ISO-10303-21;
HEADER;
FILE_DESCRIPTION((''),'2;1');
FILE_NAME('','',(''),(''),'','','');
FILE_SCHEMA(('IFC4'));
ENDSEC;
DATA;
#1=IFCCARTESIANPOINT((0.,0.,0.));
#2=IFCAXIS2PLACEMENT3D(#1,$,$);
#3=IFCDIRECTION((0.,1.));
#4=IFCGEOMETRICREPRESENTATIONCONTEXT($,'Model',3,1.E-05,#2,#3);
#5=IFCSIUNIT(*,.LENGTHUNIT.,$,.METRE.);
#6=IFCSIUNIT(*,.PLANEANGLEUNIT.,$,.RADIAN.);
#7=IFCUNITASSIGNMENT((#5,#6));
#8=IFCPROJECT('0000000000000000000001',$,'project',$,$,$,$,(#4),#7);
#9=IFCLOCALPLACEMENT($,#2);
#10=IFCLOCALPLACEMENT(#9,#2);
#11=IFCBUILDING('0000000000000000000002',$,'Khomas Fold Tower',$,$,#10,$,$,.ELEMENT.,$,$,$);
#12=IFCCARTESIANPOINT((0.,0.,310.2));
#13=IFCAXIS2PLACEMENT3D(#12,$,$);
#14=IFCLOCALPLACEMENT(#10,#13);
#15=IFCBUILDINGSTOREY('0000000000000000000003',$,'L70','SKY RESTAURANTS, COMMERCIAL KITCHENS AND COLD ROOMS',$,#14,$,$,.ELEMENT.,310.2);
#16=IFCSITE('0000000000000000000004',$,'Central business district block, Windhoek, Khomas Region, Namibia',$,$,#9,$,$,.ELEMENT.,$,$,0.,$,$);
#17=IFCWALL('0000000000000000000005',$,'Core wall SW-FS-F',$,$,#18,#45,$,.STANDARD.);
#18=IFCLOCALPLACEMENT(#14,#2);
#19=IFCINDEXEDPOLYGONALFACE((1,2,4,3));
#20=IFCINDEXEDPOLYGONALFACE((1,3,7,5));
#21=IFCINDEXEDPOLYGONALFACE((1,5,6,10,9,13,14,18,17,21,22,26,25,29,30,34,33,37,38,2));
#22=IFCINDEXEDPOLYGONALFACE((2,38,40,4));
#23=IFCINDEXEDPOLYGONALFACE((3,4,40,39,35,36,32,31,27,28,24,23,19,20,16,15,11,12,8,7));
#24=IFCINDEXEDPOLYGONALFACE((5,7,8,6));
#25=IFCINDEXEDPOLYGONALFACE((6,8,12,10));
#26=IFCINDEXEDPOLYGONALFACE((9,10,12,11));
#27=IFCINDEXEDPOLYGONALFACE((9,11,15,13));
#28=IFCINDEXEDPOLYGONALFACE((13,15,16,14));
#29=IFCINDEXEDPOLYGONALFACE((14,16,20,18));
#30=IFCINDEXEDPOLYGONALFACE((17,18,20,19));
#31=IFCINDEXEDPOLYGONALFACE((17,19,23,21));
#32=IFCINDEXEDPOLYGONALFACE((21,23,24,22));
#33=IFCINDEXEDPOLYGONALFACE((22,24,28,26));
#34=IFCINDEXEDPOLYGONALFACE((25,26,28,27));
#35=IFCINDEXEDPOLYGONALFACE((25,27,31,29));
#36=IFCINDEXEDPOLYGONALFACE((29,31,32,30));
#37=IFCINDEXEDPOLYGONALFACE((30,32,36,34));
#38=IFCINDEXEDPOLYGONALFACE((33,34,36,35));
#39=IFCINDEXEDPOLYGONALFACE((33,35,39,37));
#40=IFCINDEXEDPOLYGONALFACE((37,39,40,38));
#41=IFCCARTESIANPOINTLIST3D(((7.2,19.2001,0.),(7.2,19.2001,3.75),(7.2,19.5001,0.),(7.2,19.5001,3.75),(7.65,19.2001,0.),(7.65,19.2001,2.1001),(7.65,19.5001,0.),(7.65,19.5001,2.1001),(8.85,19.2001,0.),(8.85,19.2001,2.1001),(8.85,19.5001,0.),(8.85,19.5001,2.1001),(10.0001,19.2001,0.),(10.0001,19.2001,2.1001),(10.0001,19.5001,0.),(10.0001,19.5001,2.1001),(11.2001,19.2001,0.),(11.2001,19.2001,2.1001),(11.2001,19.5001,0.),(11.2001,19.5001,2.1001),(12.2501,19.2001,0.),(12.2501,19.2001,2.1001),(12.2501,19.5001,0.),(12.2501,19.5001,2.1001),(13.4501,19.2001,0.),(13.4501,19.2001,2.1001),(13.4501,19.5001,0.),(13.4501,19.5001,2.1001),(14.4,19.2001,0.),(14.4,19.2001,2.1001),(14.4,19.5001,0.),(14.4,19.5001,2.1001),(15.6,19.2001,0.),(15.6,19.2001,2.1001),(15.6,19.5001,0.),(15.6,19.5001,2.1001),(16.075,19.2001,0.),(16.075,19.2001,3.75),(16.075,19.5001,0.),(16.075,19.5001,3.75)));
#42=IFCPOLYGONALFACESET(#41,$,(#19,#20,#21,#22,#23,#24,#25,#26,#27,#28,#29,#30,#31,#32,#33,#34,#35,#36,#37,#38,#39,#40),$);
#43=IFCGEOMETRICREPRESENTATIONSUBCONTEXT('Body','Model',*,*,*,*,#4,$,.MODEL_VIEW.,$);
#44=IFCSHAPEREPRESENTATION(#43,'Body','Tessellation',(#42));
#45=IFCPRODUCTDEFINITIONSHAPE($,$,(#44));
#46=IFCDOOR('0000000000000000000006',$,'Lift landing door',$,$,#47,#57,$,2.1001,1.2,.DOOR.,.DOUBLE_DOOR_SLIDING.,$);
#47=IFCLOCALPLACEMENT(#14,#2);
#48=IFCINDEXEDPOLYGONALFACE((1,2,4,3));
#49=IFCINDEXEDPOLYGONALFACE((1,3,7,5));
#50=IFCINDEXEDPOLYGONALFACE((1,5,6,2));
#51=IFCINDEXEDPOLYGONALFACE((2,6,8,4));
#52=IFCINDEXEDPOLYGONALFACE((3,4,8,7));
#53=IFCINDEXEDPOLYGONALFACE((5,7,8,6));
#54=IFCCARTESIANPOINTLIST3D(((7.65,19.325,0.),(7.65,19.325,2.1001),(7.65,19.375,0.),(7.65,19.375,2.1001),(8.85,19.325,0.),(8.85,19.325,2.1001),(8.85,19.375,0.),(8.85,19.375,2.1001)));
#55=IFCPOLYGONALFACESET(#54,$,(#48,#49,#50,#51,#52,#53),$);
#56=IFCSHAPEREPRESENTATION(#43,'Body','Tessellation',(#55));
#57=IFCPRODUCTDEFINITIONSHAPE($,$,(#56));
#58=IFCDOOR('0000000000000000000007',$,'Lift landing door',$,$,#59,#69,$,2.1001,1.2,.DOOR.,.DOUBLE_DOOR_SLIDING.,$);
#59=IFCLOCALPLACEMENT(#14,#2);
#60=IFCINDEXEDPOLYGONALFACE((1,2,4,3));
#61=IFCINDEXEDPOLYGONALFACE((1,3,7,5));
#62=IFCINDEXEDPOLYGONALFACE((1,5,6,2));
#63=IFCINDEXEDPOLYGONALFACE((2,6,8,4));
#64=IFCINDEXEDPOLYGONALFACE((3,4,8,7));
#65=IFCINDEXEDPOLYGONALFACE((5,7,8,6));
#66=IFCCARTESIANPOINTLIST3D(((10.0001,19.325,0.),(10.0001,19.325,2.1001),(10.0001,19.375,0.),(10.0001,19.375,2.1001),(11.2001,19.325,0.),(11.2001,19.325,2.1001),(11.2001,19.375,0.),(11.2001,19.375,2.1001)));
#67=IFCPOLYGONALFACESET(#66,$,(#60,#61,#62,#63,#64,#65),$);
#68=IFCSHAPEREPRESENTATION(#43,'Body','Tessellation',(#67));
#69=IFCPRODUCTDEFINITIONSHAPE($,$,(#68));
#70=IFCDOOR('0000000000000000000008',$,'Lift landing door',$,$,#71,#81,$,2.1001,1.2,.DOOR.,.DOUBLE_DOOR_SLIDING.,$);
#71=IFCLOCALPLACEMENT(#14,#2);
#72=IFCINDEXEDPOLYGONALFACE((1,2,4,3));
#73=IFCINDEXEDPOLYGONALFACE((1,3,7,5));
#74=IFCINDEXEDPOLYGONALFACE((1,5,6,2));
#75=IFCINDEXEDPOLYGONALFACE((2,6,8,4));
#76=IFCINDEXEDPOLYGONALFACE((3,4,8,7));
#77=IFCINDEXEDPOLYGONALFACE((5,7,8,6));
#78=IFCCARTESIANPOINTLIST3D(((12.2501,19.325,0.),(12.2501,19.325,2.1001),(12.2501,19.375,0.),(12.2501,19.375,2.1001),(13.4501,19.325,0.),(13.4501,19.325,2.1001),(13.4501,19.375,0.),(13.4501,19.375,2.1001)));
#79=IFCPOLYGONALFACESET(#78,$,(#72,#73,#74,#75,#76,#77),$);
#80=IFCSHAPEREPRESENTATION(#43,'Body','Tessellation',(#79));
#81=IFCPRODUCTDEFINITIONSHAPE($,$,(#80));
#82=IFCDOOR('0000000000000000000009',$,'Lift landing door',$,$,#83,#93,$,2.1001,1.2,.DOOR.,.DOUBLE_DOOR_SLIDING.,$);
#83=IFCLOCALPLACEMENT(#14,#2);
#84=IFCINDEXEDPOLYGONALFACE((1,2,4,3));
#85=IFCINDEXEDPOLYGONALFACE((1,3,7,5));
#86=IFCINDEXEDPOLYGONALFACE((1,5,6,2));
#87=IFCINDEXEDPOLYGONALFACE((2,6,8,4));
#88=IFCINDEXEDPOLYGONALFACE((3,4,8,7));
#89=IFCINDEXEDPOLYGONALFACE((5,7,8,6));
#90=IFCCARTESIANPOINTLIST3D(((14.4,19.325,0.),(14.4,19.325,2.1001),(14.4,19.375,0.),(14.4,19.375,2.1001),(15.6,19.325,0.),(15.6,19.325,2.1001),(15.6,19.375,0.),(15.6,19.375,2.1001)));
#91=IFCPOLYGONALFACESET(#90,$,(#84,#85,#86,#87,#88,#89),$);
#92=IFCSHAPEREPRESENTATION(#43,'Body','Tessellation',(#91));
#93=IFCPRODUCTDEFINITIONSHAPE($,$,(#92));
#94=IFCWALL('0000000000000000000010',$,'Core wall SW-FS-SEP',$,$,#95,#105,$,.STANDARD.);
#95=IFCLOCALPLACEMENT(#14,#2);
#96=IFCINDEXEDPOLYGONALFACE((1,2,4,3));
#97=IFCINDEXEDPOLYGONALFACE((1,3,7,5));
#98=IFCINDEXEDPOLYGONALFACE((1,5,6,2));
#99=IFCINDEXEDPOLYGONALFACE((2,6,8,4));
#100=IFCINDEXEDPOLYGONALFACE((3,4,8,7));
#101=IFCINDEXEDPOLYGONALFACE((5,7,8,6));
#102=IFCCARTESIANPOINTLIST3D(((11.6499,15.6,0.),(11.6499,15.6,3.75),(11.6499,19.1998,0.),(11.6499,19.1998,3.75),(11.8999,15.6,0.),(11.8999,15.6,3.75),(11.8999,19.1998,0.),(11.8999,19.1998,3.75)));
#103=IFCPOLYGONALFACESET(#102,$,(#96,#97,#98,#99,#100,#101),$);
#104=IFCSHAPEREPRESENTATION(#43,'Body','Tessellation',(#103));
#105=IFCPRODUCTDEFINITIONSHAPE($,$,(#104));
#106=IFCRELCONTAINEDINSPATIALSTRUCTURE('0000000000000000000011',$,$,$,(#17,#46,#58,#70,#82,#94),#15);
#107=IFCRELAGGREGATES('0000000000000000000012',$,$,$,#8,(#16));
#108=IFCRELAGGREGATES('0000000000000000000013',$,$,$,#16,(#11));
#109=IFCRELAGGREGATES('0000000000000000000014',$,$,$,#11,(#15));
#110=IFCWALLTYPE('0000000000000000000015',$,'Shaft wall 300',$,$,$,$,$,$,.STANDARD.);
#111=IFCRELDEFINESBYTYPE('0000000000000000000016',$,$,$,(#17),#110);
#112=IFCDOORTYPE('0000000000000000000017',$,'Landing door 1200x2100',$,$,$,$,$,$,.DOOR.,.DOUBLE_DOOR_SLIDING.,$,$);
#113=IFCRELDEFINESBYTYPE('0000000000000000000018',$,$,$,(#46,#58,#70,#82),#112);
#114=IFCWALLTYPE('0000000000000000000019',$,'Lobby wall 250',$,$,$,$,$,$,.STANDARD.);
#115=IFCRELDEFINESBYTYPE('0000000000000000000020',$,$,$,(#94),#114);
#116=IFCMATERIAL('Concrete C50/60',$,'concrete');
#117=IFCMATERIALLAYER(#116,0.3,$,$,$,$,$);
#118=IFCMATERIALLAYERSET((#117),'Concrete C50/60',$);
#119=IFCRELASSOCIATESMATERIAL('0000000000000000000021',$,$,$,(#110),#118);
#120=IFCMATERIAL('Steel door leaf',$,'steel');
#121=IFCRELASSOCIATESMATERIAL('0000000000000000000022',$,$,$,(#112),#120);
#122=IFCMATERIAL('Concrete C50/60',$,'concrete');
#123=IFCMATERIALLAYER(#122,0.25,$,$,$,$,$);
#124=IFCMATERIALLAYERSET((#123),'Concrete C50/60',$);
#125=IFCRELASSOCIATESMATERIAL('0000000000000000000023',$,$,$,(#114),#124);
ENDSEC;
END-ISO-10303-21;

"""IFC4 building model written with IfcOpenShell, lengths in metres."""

from ifc_helpers import new_model, si_unit, direction, frame, frame_2d, origin, place, context, subcontext, project, spatial, rectangle, extrude, source, transform, mapped, material, layer, layer_set, type_object, element, fill, save


model = new_model("IFC4")

# Units and contexts
model_context = context("Model", 3, precision=1e-05, world=origin(), true_north=direction((0.0, 1.0)))
body_context = subcontext(model_context, "Body", "Model", "MODEL_VIEW")
ifc_project = project(units=[si_unit("LENGTHUNIT", "METRE"), si_unit("PLANEANGLEUNIT", "RADIAN")], contexts=[model_context])

# Site, building, storey
site_placement = place(None, origin())
site = spatial("IfcSite", under=ifc_project, at=site_placement, Name="Central business district block, Windhoek, Khomas Region, Namibia", CompositionType="ELEMENT", RefElevation=0.0)
building_placement = place(site_placement, origin())
building = spatial("IfcBuilding", under=site, at=building_placement, Name="Khomas Fold Tower", CompositionType="ELEMENT")
storey_placement = place(building_placement, frame((0.0, 0.0, 310.2)))
storey = spatial("IfcBuildingStorey", under=building, at=storey_placement, Name="L70", Description="SKY RESTAURANTS, COMMERCIAL KITCHENS AND COLD ROOMS", CompositionType="ELEMENT", Elevation=310.2)

# Wall, openings, doors
ifc_material_1 = material(Name="Concrete C50/60", Category="concrete")
ifc_layer_1 = layer(ifc_material_1, 0.3)
ifc_layer_set_1 = layer_set([ifc_layer_1], Name="Concrete C50/60")
wall_type_1 = type_object("IfcWallType", Name="Shaft wall 300", PredefinedType="STANDARD", material=ifc_layer_set_1)
shared_shape_1 = source(origin(), body_context, "Body", "SweptSolid", [
    extrude(rectangle(XDim=8.875, YDim=0.3, at=frame_2d((4.4375, 0.0))), origin(), (0.0, 0.0, 1.0), 3.75),
])
wall_1_placement = place(storey_placement, frame((7.2, 19.3501, 0.0), z_axis=(0.0, 0.0, 1.0), x_axis=(1.0, 0.0, 0.0)))
wall_1 = element("IfcWall", 1, at=wall_1_placement, inside=storey, type_object=wall_type_1, Name="Core wall SW-FS-F", PredefinedType="STANDARD", context=body_context, shape_type="MappedRepresentation", body=[
    mapped(shared_shape_1, transform((0.0, 0.0, 0.0))),
])
shared_shape_2 = source(origin(), body_context, "Body", "SweptSolid", [
    extrude(rectangle(XDim=1.2, YDim=2.1001, at=frame_2d((0.6001, 1.05))), frame((0.0, 0.1599, 0.0), z_axis=(0.0, -1.0, 0.0), x_axis=(1.0, 0.0, 0.0)), (0.0, 0.0, 1.0), 0.3201),
])
opening_1_placement = place(wall_1_placement, frame((0.45, 0.0, 0.0)))
opening_1 = element("IfcOpeningElement", 2, at=opening_1_placement, cuts=wall_1, PredefinedType="OPENING", context=body_context, shape_type="MappedRepresentation", body=[
    mapped(shared_shape_2, transform((0.0, 0.0, 0.0))),
])
opening_2_placement = place(wall_1_placement, frame((2.8, 0.0, 0.0)))
opening_2 = element("IfcOpeningElement", 3, at=opening_2_placement, cuts=wall_1, PredefinedType="OPENING", context=body_context, shape_type="MappedRepresentation", body=[
    mapped(shared_shape_2, transform((0.0, 0.0, 0.0))),
])
opening_3_placement = place(wall_1_placement, frame((5.05, 0.0, 0.0)))
opening_3 = element("IfcOpeningElement", 4, at=opening_3_placement, cuts=wall_1, PredefinedType="OPENING", context=body_context, shape_type="MappedRepresentation", body=[
    mapped(shared_shape_2, transform((0.0, 0.0, 0.0))),
])
opening_4_placement = place(wall_1_placement, frame((7.2, 0.0, 0.0)))
opening_4 = element("IfcOpeningElement", 5, at=opening_4_placement, cuts=wall_1, PredefinedType="OPENING", context=body_context, shape_type="MappedRepresentation", body=[
    mapped(shared_shape_2, transform((0.0, 0.0, 0.0))),
])
ifc_material_2 = material(Name="Steel door leaf", Category="steel")
door_type_1 = type_object("IfcDoorType", Name="Landing door 1200x2100", OperationType="DOUBLE_DOOR_SLIDING", PredefinedType="DOOR", material=ifc_material_2)
shared_shape_3 = source(origin(), body_context, "Body", "SweptSolid", [
    extrude(rectangle(XDim=1.2, YDim=2.1001, at=frame_2d((0.6001, 1.05))), frame((0.0, 0.0249, 0.0), z_axis=(0.0, -1.0, 0.0), x_axis=(1.0, 0.0, 0.0)), (0.0, 0.0, 1.0), 0.05),
])
door_1_placement = place(opening_1_placement, origin())
door_1 = element("IfcDoor", 6, at=door_1_placement, inside=storey, type_object=door_type_1, Name="Lift landing door", OperationType="DOUBLE_DOOR_SLIDING", OverallHeight=2.1001, OverallWidth=1.2, PredefinedType="DOOR", context=body_context, shape_type="MappedRepresentation", body=[
    mapped(shared_shape_3, transform((0.0, 0.0, 0.0))),
])
fill(opening_1, door_1)
door_2_placement = place(opening_2_placement, origin())
door_2 = element("IfcDoor", 7, at=door_2_placement, inside=storey, type_object=door_type_1, Name="Lift landing door", OperationType="DOUBLE_DOOR_SLIDING", OverallHeight=2.1001, OverallWidth=1.2, PredefinedType="DOOR", context=body_context, shape_type="MappedRepresentation", body=[
    mapped(shared_shape_3, transform((0.0, 0.0, 0.0))),
])
fill(opening_2, door_2)
door_3_placement = place(opening_3_placement, origin())
door_3 = element("IfcDoor", 8, at=door_3_placement, inside=storey, type_object=door_type_1, Name="Lift landing door", OperationType="DOUBLE_DOOR_SLIDING", OverallHeight=2.1001, OverallWidth=1.2, PredefinedType="DOOR", context=body_context, shape_type="MappedRepresentation", body=[
    mapped(shared_shape_3, transform((0.0, 0.0, 0.0))),
])
fill(opening_3, door_3)
door_4_placement = place(opening_4_placement, origin())
door_4 = element("IfcDoor", 9, at=door_4_placement, inside=storey, type_object=door_type_1, Name="Lift landing door", OperationType="DOUBLE_DOOR_SLIDING", OverallHeight=2.1001, OverallWidth=1.2, PredefinedType="DOOR", context=body_context, shape_type="MappedRepresentation", body=[
    mapped(shared_shape_3, transform((0.0, 0.0, 0.0))),
])
fill(opening_4, door_4)

# Wall
ifc_material_3 = material(Name="Concrete C50/60", Category="concrete")
ifc_layer_2 = layer(ifc_material_3, 0.25)
ifc_layer_set_2 = layer_set([ifc_layer_2], Name="Concrete C50/60")
wall_type_2 = type_object("IfcWallType", Name="Lobby wall 250", PredefinedType="STANDARD", material=ifc_layer_set_2)
shared_shape_4 = source(origin(), body_context, "Body", "SweptSolid", [
    extrude(rectangle(XDim=3.5999, YDim=0.25, at=frame_2d((1.7998, 0.0))), origin(), (0.0, 0.0, 1.0), 3.75),
])
wall_2_placement = place(storey_placement, frame((11.7749, 15.6001, 0.0), z_axis=(0.0, 0.0, 1.0), x_axis=(0.0, 1.0, 0.0)))
element("IfcWall", 10, at=wall_2_placement, inside=storey, type_object=wall_type_2, Name="Core wall SW-FS-SEP", PredefinedType="STANDARD", context=body_context, shape_type="MappedRepresentation", body=[
    mapped(shared_shape_4, transform((0.0, 0.0, 0.0))),
])

save(model, "model.ifc")
